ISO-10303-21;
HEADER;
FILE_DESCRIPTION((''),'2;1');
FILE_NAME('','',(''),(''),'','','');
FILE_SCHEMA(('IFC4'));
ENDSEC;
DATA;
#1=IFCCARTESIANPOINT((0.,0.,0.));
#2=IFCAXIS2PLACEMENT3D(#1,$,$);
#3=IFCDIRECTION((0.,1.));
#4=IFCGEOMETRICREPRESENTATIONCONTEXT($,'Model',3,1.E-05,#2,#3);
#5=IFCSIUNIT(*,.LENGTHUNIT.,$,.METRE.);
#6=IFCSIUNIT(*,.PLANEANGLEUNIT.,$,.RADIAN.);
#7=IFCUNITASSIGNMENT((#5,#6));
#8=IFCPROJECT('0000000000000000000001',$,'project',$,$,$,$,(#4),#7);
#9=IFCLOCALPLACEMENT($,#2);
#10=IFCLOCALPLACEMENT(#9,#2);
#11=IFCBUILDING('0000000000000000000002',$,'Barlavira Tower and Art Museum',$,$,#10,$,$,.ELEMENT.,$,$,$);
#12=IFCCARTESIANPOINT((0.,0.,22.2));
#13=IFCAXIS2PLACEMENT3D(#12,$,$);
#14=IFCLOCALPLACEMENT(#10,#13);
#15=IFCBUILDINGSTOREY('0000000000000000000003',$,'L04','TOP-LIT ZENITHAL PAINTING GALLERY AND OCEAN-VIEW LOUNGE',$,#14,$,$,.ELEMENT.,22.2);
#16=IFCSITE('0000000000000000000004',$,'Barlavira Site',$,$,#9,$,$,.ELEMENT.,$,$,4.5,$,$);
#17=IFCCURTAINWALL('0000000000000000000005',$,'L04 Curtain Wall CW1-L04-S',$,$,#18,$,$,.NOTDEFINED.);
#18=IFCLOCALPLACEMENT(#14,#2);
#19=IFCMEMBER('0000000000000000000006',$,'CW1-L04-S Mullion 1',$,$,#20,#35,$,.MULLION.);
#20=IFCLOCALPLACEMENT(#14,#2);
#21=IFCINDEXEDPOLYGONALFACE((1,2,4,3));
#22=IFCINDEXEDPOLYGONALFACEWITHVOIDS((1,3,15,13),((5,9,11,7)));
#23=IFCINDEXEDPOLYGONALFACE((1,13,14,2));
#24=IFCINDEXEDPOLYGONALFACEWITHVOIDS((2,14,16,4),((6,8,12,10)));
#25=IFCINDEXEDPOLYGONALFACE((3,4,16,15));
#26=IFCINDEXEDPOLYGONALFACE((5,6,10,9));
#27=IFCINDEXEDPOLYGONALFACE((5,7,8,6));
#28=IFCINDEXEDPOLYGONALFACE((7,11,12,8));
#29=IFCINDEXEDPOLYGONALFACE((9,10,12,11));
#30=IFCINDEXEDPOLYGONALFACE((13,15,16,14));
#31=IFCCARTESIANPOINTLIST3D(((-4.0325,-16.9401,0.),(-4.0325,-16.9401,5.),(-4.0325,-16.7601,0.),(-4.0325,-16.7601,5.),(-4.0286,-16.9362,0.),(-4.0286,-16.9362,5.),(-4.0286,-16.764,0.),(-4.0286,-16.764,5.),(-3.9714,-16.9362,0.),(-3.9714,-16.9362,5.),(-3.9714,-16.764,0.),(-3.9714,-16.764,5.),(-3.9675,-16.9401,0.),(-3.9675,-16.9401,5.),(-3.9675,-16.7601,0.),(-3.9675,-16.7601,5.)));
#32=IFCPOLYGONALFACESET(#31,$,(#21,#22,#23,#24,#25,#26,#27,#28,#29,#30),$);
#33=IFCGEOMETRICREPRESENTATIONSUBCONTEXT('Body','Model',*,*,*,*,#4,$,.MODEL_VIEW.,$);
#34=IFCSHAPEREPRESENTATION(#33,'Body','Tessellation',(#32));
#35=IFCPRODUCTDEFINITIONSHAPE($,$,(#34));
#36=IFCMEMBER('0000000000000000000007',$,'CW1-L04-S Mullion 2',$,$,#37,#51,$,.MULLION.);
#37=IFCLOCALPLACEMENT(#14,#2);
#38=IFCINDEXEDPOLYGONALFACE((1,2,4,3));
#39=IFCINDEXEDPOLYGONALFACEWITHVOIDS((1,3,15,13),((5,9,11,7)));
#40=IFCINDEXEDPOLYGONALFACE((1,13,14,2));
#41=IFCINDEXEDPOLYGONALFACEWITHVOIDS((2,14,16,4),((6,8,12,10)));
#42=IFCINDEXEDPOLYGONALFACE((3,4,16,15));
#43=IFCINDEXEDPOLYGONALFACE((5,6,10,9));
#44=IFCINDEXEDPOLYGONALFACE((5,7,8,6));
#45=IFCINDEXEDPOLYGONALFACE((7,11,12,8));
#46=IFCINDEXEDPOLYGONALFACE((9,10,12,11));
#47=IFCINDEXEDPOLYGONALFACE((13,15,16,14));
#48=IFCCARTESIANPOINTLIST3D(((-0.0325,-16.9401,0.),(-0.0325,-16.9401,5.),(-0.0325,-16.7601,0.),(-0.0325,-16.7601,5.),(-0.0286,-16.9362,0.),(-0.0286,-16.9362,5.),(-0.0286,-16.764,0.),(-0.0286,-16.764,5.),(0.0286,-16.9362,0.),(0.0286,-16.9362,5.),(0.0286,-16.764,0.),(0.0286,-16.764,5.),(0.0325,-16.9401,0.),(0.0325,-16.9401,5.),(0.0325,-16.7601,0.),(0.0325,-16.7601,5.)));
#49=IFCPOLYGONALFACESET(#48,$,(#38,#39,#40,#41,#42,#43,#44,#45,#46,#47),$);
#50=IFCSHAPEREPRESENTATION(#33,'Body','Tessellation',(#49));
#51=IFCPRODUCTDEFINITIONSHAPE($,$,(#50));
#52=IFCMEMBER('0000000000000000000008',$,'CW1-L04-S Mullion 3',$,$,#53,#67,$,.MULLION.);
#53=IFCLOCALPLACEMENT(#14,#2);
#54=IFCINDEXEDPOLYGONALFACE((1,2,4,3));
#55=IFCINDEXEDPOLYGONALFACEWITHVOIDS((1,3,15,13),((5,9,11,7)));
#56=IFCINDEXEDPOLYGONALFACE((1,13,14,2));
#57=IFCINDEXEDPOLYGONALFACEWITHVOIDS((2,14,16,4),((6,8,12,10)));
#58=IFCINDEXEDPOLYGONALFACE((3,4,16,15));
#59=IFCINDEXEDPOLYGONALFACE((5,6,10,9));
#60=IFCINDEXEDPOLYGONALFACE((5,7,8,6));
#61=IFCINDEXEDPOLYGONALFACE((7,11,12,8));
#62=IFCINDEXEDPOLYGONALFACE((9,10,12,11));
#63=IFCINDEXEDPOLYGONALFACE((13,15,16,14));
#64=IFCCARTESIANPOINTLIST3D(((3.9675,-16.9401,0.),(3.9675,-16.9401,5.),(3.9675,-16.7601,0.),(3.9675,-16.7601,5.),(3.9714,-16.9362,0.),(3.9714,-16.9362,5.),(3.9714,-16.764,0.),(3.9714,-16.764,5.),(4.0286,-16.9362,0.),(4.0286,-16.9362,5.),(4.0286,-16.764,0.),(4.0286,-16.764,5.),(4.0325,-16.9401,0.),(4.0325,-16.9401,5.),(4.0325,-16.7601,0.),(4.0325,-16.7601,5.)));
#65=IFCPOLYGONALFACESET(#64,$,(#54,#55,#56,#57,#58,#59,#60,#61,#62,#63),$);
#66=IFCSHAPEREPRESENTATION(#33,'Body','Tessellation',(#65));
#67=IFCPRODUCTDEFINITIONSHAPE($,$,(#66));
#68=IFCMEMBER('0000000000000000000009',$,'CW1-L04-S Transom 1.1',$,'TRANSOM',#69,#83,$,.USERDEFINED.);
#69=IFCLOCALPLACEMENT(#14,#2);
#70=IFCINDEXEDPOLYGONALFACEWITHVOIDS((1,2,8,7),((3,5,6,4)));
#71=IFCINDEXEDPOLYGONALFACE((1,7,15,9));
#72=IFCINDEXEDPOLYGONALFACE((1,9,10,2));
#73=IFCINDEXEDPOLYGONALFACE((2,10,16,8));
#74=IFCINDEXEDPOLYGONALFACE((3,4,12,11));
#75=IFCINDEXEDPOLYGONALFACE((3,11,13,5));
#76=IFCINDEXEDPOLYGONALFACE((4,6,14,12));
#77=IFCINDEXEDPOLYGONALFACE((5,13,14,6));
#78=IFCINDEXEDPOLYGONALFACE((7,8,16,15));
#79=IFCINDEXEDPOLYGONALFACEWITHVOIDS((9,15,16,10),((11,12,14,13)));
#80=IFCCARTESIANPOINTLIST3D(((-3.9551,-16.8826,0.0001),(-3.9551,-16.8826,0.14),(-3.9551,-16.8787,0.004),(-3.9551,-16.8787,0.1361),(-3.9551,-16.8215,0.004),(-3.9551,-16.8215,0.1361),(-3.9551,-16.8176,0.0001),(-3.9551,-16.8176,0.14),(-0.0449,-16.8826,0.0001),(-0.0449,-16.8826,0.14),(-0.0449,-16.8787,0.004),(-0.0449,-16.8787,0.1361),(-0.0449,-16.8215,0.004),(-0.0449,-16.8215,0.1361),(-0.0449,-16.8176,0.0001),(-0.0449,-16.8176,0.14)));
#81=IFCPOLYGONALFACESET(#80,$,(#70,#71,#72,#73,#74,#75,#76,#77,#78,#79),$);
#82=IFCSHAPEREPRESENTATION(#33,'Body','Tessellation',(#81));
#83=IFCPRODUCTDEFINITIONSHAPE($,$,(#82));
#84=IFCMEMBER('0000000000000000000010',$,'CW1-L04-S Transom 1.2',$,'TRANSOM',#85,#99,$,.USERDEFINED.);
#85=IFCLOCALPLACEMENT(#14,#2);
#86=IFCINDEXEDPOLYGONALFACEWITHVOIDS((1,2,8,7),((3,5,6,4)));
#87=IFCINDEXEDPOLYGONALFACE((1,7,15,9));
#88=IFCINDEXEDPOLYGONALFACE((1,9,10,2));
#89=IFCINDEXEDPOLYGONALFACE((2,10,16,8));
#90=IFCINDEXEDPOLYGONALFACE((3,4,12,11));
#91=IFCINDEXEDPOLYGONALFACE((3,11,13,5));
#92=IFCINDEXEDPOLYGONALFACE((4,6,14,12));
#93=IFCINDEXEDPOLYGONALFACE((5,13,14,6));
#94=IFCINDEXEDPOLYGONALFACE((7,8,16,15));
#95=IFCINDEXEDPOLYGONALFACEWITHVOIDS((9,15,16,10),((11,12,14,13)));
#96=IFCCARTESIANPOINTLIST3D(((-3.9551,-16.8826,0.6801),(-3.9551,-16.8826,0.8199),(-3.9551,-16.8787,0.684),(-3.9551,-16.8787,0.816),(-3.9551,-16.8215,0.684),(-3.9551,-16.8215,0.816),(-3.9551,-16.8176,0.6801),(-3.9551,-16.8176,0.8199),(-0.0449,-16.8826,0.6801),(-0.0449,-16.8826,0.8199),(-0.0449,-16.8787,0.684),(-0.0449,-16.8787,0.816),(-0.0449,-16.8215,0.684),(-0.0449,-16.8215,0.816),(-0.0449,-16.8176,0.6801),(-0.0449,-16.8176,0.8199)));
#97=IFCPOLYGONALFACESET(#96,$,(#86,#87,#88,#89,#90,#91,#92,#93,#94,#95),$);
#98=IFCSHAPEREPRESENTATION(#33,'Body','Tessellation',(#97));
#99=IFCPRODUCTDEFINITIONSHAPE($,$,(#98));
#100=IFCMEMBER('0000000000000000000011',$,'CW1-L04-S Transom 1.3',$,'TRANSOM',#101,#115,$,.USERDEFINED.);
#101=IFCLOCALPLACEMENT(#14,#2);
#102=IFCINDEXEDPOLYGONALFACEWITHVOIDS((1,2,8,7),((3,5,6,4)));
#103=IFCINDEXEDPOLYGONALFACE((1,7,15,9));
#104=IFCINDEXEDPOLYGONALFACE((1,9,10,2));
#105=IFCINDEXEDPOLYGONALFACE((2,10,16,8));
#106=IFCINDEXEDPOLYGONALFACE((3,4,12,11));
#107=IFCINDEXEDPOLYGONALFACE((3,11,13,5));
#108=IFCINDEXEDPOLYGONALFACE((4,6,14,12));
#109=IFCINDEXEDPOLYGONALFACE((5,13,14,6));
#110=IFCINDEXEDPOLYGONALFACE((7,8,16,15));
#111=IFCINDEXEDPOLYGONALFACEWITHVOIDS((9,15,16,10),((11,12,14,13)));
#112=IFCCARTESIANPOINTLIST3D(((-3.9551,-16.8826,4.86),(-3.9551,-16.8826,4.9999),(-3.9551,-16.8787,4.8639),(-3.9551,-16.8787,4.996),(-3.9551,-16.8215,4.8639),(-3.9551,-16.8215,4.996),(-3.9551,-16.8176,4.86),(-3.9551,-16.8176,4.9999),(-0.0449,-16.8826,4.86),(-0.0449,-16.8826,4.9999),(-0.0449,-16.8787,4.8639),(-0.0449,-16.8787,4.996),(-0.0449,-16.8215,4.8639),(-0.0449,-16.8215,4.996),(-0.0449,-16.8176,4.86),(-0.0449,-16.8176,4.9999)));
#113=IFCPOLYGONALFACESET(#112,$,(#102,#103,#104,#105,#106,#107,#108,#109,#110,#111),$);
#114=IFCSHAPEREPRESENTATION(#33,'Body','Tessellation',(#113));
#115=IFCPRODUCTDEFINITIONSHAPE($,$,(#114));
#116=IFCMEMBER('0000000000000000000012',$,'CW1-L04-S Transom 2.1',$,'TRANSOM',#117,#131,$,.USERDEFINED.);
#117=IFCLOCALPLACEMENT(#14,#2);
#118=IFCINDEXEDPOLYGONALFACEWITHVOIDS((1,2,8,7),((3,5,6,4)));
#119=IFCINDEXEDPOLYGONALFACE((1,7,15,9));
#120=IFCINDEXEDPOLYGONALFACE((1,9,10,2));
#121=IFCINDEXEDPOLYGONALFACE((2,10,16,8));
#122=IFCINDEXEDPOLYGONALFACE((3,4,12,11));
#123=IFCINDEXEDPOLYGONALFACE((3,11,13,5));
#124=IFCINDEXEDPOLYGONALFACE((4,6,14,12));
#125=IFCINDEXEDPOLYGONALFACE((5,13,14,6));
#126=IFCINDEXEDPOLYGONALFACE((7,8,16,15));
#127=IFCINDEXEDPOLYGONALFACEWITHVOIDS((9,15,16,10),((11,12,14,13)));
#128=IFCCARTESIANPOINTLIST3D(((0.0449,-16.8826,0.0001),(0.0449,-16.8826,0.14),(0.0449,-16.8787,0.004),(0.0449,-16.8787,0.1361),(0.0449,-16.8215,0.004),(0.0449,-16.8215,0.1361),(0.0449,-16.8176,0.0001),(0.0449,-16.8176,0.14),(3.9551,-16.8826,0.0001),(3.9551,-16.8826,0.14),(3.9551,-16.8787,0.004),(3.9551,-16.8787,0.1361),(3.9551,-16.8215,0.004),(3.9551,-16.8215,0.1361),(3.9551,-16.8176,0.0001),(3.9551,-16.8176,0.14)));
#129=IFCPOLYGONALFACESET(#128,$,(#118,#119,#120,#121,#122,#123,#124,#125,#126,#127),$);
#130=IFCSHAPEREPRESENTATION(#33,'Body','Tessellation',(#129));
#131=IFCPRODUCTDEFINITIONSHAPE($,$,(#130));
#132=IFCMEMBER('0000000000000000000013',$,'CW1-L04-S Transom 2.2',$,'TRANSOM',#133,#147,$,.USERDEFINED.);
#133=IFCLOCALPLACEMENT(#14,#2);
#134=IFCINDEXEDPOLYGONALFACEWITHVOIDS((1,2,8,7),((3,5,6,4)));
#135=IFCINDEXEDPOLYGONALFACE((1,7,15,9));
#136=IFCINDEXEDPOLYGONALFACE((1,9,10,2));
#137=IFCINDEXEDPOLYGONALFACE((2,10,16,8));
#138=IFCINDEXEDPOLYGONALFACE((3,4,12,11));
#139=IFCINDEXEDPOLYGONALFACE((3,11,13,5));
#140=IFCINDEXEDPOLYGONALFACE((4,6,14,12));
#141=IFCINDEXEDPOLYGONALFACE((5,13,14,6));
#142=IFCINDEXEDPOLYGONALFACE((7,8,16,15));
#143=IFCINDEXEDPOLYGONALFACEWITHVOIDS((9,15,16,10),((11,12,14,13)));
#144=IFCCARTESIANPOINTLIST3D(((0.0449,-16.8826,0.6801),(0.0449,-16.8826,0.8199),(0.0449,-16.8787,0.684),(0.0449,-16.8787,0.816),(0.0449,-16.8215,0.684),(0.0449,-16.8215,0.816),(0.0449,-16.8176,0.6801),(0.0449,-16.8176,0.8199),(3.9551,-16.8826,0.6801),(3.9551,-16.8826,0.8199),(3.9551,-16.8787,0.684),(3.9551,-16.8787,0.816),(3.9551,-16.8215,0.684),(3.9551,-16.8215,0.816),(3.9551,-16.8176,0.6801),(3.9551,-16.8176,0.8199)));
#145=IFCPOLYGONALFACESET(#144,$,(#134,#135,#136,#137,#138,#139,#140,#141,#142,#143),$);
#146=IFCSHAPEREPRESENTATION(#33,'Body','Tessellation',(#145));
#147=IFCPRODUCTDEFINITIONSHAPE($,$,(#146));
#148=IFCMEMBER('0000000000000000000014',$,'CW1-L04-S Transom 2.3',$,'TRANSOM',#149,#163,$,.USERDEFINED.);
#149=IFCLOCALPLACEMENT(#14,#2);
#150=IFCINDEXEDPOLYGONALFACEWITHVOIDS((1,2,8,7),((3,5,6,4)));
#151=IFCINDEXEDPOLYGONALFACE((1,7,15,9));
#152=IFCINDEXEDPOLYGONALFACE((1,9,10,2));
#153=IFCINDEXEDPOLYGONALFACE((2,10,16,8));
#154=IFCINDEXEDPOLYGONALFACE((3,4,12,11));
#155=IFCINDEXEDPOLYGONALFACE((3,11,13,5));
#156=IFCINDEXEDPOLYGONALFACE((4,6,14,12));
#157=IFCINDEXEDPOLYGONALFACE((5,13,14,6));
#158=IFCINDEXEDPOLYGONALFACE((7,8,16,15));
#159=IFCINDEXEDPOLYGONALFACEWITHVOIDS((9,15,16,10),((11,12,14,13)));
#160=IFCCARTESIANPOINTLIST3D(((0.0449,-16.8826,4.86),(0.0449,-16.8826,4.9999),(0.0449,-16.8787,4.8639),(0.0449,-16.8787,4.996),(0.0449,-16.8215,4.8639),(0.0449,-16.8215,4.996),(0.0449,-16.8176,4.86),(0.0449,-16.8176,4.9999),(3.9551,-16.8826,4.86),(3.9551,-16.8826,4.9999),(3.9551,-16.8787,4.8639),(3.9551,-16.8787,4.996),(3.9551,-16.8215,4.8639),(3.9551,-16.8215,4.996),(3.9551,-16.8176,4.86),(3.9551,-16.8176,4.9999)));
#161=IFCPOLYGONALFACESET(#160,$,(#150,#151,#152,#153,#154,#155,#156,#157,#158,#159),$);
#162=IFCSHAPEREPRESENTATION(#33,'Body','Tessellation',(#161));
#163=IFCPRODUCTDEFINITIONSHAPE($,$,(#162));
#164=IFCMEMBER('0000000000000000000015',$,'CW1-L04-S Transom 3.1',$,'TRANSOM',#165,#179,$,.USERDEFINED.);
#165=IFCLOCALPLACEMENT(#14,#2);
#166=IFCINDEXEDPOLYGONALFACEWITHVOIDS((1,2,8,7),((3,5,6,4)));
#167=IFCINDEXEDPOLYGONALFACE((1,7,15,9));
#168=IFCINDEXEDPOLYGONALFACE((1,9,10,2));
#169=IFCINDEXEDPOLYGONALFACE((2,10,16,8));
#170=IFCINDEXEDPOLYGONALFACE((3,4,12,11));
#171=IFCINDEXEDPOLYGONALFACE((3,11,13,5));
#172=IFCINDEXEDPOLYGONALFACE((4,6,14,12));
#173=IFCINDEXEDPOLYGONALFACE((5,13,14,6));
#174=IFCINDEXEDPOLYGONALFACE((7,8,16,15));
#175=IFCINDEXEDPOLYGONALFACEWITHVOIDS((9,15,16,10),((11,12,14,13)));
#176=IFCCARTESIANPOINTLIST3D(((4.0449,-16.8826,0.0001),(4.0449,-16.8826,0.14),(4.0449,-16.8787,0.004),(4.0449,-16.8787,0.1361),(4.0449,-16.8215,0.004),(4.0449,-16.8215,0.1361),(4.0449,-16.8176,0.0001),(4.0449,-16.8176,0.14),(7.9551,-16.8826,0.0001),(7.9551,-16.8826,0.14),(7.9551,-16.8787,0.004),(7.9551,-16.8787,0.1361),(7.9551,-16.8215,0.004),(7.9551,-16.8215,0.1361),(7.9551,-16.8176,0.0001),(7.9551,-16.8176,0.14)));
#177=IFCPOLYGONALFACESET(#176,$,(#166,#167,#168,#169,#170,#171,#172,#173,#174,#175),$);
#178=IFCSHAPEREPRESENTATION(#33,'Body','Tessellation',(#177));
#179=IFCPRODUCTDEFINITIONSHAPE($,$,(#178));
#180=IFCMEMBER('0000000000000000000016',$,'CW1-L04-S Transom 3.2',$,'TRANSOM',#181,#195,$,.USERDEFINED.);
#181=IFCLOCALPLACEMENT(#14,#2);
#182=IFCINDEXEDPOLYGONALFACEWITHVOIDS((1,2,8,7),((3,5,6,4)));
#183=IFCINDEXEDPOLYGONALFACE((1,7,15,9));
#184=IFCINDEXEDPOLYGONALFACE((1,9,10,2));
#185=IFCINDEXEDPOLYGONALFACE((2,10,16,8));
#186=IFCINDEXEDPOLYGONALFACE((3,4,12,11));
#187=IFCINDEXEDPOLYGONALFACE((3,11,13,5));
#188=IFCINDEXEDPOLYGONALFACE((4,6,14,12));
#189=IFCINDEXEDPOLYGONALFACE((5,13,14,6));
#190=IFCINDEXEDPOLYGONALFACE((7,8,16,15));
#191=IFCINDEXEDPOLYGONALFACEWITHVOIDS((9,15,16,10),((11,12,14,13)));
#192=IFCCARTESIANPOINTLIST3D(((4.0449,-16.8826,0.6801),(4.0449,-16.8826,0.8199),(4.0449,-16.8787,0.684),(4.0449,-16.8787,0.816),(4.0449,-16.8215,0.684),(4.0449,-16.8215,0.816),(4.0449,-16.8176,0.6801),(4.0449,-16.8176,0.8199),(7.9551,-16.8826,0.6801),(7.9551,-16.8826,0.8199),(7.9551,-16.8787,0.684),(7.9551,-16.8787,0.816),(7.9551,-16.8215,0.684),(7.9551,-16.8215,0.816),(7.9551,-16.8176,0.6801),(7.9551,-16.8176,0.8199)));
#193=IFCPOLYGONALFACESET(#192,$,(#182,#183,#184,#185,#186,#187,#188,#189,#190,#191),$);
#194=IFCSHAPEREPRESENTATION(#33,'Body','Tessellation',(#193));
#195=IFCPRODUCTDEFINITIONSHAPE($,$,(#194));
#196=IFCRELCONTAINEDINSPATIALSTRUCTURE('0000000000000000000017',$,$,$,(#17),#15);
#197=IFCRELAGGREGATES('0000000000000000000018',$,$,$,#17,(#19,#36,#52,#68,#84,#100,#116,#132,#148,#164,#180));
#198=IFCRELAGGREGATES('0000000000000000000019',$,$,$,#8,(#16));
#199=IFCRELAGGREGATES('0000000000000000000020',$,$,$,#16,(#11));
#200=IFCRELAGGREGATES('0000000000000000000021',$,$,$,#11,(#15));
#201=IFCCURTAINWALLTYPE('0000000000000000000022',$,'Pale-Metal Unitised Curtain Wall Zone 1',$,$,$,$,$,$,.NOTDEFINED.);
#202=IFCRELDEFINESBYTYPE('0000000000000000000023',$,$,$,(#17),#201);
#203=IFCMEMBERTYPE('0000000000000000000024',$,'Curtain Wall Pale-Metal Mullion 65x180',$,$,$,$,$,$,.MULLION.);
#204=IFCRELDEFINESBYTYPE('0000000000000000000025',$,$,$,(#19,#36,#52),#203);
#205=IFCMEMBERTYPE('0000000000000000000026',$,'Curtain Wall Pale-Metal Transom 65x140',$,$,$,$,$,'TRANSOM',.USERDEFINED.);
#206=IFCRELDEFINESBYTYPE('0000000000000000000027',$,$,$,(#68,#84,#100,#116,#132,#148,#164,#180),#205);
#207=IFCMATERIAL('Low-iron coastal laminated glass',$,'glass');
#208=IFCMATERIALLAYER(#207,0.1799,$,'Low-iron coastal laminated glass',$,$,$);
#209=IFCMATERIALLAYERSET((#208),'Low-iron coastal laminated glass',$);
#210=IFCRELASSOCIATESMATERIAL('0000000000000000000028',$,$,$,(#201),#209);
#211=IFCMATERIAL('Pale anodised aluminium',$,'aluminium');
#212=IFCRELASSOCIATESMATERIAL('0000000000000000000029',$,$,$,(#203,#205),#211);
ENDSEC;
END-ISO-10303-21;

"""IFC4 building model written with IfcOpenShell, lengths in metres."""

from ifc_helpers import new_model, si_unit, direction, frame, origin, origin_2d, place, context, subcontext, project, spatial, hollow_rectangle, extrude, material, layer, layer_set, material_profile, profile_set, type_object, element, aggregate, save


model = new_model("IFC4")

# Units and contexts
model_context = context("Model", 3, precision=1e-05, world=origin(), true_north=direction((0.0, 1.0)))
body_context = subcontext(model_context, "Body", "Model", "MODEL_VIEW")
ifc_project = project(units=[si_unit("LENGTHUNIT", "METRE"), si_unit("PLANEANGLEUNIT", "RADIAN")], contexts=[model_context])

# Site, building, storey
site_placement = place(None, origin())
site = spatial("IfcSite", under=ifc_project, at=site_placement, Name="Barlavira Site", CompositionType="ELEMENT", RefElevation=4.5)
building_placement = place(site_placement, origin())
building = spatial("IfcBuilding", under=site, at=building_placement, Name="Barlavira Tower and Art Museum", CompositionType="ELEMENT")
storey_placement = place(building_placement, frame((0.0, 0.0, 22.2)))
storey = spatial("IfcBuildingStorey", under=building, at=storey_placement, Name="L04", Description="TOP-LIT ZENITHAL PAINTING GALLERY AND OCEAN-VIEW LOUNGE", CompositionType="ELEMENT", Elevation=22.2)

# Curtain wall, members
ifc_material_1 = material(Name="Low-iron coastal laminated glass", Category="glass")
ifc_layer_1 = layer(ifc_material_1, 0.1799, Name="Low-iron coastal laminated glass")
ifc_layer_set_1 = layer_set([ifc_layer_1], Name="Low-iron coastal laminated glass")
curtain_wall_type = type_object("IfcCurtainWallType", Name="Pale-Metal Unitised Curtain Wall Zone 1", PredefinedType="NOTDEFINED", material=ifc_layer_set_1)
curtain_wall_placement = place(storey_placement, origin())
curtain_wall = element("IfcCurtainWall", 1, at=curtain_wall_placement, inside=storey, type_object=curtain_wall_type, Name="L04 Curtain Wall CW1-L04-S", PredefinedType="NOTDEFINED")
ifc_material_2 = material(Name="Pale anodised aluminium", Category="aluminium")
ifc_material_profile_1 = material_profile(ifc_material_2, hollow_rectangle(XDim=0.0649, YDim=0.1799, WallThickness=0.0039, at=origin_2d()), Name="ALU-MULL 65x180x4")
ifc_profile_set_1 = profile_set([ifc_material_profile_1], Name="Pale anodised aluminium")
member_type_1 = type_object("IfcMemberType", Name="Curtain Wall Pale-Metal Mullion 65x180", PredefinedType="MULLION", material=ifc_profile_set_1)
member_1_placement = place(storey_placement, frame((-4.0, -16.8501, 0.0), z_axis=(0.0, 0.0, 1.0), x_axis=(1.0, 0.0, 0.0)))
member_1 = element("IfcMember", 2, at=member_1_placement, type_object=member_type_1, Name="CW1-L04-S Mullion 1", PredefinedType="MULLION", context=body_context, shape_type="SweptSolid", body=[
    extrude(hollow_rectangle(XDim=0.0649, YDim=0.1799, WallThickness=0.0039, at=origin_2d()), origin(), (0.0, 0.0, 1.0), 5.0),
])
member_2_placement = place(storey_placement, frame((0.0, -16.8501, 0.0), z_axis=(0.0, 0.0, 1.0), x_axis=(1.0, 0.0, 0.0)))
member_2 = element("IfcMember", 3, at=member_2_placement, type_object=member_type_1, Name="CW1-L04-S Mullion 2", PredefinedType="MULLION", context=body_context, shape_type="SweptSolid", body=[
    extrude(hollow_rectangle(XDim=0.0649, YDim=0.1799, WallThickness=0.0039, at=origin_2d()), origin(), (0.0, 0.0, 1.0), 5.0),
])
member_3_placement = place(storey_placement, frame((4.0, -16.8501, 0.0), z_axis=(0.0, 0.0, 1.0), x_axis=(1.0, 0.0, 0.0)))
member_3 = element("IfcMember", 4, at=member_3_placement, type_object=member_type_1, Name="CW1-L04-S Mullion 3", PredefinedType="MULLION", context=body_context, shape_type="SweptSolid", body=[
    extrude(hollow_rectangle(XDim=0.0649, YDim=0.1799, WallThickness=0.0039, at=origin_2d()), origin(), (0.0, 0.0, 1.0), 5.0),
])
ifc_material_profile_2 = material_profile(ifc_material_2, hollow_rectangle(XDim=0.0649, YDim=0.1399, WallThickness=0.0039, at=origin_2d()), Name="ALU-TRAN 65x140x4")
ifc_profile_set_2 = profile_set([ifc_material_profile_2], Name="Pale anodised aluminium")
member_type_2 = type_object("IfcMemberType", Name="Curtain Wall Pale-Metal Transom 65x140", ElementType="TRANSOM", PredefinedType="USERDEFINED", material=ifc_profile_set_2)
member_4_placement = place(storey_placement, frame((-3.9551, -16.8501, 0.0701), z_axis=(1.0, 0.0, 0.0), x_axis=(0.0, 1.0, 0.0)))
member_4 = element("IfcMember", 5, at=member_4_placement, type_object=member_type_2, Name="CW1-L04-S Transom 1.1", ObjectType="TRANSOM", PredefinedType="USERDEFINED", context=body_context, shape_type="SweptSolid", body=[
    extrude(hollow_rectangle(XDim=0.0649, YDim=0.1399, WallThickness=0.0039, at=origin_2d()), origin(), (0.0, 0.0, 1.0), 3.9102),
])
member_5_placement = place(storey_placement, frame((-3.9551, -16.8501, 0.75), z_axis=(1.0, 0.0, 0.0), x_axis=(0.0, 1.0, 0.0)))
member_5 = element("IfcMember", 6, at=member_5_placement, type_object=member_type_2, Name="CW1-L04-S Transom 1.2", ObjectType="TRANSOM", PredefinedType="USERDEFINED", context=body_context, shape_type="SweptSolid", body=[
    extrude(hollow_rectangle(XDim=0.0649, YDim=0.1399, WallThickness=0.0039, at=origin_2d()), origin(), (0.0, 0.0, 1.0), 3.9102),
])
member_6_placement = place(storey_placement, frame((-3.9551, -16.8501, 4.9299), z_axis=(1.0, 0.0, 0.0), x_axis=(0.0, 1.0, 0.0)))
member_6 = element("IfcMember", 7, at=member_6_placement, type_object=member_type_2, Name="CW1-L04-S Transom 1.3", ObjectType="TRANSOM", PredefinedType="USERDEFINED", context=body_context, shape_type="SweptSolid", body=[
    extrude(hollow_rectangle(XDim=0.0649, YDim=0.1399, WallThickness=0.0039, at=origin_2d()), origin(), (0.0, 0.0, 1.0), 3.9102),
])
member_7_placement = place(storey_placement, frame((0.0449, -16.8501, 0.0701), z_axis=(1.0, 0.0, 0.0), x_axis=(0.0, 1.0, 0.0)))
member_7 = element("IfcMember", 8, at=member_7_placement, type_object=member_type_2, Name="CW1-L04-S Transom 2.1", ObjectType="TRANSOM", PredefinedType="USERDEFINED", context=body_context, shape_type="SweptSolid", body=[
    extrude(hollow_rectangle(XDim=0.0649, YDim=0.1399, WallThickness=0.0039, at=origin_2d()), origin(), (0.0, 0.0, 1.0), 3.9102),
])
member_8_placement = place(storey_placement, frame((0.0449, -16.8501, 0.75), z_axis=(1.0, 0.0, 0.0), x_axis=(0.0, 1.0, 0.0)))
member_8 = element("IfcMember", 9, at=member_8_placement, type_object=member_type_2, Name="CW1-L04-S Transom 2.2", ObjectType="TRANSOM", PredefinedType="USERDEFINED", context=body_context, shape_type="SweptSolid", body=[
    extrude(hollow_rectangle(XDim=0.0649, YDim=0.1399, WallThickness=0.0039, at=origin_2d()), origin(), (0.0, 0.0, 1.0), 3.9102),
])
member_9_placement = place(storey_placement, frame((0.0449, -16.8501, 4.9299), z_axis=(1.0, 0.0, 0.0), x_axis=(0.0, 1.0, 0.0)))
member_9 = element("IfcMember", 10, at=member_9_placement, type_object=member_type_2, Name="CW1-L04-S Transom 2.3", ObjectType="TRANSOM", PredefinedType="USERDEFINED", context=body_context, shape_type="SweptSolid", body=[
    extrude(hollow_rectangle(XDim=0.0649, YDim=0.1399, WallThickness=0.0039, at=origin_2d()), origin(), (0.0, 0.0, 1.0), 3.9102),
])
member_10_placement = place(storey_placement, frame((4.0449, -16.8501, 0.0701), z_axis=(1.0, 0.0, 0.0), x_axis=(0.0, 1.0, 0.0)))
member_10 = element("IfcMember", 11, at=member_10_placement, type_object=member_type_2, Name="CW1-L04-S Transom 3.1", ObjectType="TRANSOM", PredefinedType="USERDEFINED", context=body_context, shape_type="SweptSolid", body=[
    extrude(hollow_rectangle(XDim=0.0649, YDim=0.1399, WallThickness=0.0039, at=origin_2d()), origin(), (0.0, 0.0, 1.0), 3.9102),
])
member_11_placement = place(storey_placement, frame((4.0449, -16.8501, 0.75), z_axis=(1.0, 0.0, 0.0), x_axis=(0.0, 1.0, 0.0)))
member_11 = element("IfcMember", 12, at=member_11_placement, type_object=member_type_2, Name="CW1-L04-S Transom 3.2", ObjectType="TRANSOM", PredefinedType="USERDEFINED", context=body_context, shape_type="SweptSolid", body=[
    extrude(hollow_rectangle(XDim=0.0649, YDim=0.1399, WallThickness=0.0039, at=origin_2d()), origin(), (0.0, 0.0, 1.0), 3.9102),
])
aggregate(curtain_wall, [member_1, member_2, member_3, member_4, member_5, member_6, member_7, member_8, member_9, member_10, member_11])

save(model, "model.ifc")
